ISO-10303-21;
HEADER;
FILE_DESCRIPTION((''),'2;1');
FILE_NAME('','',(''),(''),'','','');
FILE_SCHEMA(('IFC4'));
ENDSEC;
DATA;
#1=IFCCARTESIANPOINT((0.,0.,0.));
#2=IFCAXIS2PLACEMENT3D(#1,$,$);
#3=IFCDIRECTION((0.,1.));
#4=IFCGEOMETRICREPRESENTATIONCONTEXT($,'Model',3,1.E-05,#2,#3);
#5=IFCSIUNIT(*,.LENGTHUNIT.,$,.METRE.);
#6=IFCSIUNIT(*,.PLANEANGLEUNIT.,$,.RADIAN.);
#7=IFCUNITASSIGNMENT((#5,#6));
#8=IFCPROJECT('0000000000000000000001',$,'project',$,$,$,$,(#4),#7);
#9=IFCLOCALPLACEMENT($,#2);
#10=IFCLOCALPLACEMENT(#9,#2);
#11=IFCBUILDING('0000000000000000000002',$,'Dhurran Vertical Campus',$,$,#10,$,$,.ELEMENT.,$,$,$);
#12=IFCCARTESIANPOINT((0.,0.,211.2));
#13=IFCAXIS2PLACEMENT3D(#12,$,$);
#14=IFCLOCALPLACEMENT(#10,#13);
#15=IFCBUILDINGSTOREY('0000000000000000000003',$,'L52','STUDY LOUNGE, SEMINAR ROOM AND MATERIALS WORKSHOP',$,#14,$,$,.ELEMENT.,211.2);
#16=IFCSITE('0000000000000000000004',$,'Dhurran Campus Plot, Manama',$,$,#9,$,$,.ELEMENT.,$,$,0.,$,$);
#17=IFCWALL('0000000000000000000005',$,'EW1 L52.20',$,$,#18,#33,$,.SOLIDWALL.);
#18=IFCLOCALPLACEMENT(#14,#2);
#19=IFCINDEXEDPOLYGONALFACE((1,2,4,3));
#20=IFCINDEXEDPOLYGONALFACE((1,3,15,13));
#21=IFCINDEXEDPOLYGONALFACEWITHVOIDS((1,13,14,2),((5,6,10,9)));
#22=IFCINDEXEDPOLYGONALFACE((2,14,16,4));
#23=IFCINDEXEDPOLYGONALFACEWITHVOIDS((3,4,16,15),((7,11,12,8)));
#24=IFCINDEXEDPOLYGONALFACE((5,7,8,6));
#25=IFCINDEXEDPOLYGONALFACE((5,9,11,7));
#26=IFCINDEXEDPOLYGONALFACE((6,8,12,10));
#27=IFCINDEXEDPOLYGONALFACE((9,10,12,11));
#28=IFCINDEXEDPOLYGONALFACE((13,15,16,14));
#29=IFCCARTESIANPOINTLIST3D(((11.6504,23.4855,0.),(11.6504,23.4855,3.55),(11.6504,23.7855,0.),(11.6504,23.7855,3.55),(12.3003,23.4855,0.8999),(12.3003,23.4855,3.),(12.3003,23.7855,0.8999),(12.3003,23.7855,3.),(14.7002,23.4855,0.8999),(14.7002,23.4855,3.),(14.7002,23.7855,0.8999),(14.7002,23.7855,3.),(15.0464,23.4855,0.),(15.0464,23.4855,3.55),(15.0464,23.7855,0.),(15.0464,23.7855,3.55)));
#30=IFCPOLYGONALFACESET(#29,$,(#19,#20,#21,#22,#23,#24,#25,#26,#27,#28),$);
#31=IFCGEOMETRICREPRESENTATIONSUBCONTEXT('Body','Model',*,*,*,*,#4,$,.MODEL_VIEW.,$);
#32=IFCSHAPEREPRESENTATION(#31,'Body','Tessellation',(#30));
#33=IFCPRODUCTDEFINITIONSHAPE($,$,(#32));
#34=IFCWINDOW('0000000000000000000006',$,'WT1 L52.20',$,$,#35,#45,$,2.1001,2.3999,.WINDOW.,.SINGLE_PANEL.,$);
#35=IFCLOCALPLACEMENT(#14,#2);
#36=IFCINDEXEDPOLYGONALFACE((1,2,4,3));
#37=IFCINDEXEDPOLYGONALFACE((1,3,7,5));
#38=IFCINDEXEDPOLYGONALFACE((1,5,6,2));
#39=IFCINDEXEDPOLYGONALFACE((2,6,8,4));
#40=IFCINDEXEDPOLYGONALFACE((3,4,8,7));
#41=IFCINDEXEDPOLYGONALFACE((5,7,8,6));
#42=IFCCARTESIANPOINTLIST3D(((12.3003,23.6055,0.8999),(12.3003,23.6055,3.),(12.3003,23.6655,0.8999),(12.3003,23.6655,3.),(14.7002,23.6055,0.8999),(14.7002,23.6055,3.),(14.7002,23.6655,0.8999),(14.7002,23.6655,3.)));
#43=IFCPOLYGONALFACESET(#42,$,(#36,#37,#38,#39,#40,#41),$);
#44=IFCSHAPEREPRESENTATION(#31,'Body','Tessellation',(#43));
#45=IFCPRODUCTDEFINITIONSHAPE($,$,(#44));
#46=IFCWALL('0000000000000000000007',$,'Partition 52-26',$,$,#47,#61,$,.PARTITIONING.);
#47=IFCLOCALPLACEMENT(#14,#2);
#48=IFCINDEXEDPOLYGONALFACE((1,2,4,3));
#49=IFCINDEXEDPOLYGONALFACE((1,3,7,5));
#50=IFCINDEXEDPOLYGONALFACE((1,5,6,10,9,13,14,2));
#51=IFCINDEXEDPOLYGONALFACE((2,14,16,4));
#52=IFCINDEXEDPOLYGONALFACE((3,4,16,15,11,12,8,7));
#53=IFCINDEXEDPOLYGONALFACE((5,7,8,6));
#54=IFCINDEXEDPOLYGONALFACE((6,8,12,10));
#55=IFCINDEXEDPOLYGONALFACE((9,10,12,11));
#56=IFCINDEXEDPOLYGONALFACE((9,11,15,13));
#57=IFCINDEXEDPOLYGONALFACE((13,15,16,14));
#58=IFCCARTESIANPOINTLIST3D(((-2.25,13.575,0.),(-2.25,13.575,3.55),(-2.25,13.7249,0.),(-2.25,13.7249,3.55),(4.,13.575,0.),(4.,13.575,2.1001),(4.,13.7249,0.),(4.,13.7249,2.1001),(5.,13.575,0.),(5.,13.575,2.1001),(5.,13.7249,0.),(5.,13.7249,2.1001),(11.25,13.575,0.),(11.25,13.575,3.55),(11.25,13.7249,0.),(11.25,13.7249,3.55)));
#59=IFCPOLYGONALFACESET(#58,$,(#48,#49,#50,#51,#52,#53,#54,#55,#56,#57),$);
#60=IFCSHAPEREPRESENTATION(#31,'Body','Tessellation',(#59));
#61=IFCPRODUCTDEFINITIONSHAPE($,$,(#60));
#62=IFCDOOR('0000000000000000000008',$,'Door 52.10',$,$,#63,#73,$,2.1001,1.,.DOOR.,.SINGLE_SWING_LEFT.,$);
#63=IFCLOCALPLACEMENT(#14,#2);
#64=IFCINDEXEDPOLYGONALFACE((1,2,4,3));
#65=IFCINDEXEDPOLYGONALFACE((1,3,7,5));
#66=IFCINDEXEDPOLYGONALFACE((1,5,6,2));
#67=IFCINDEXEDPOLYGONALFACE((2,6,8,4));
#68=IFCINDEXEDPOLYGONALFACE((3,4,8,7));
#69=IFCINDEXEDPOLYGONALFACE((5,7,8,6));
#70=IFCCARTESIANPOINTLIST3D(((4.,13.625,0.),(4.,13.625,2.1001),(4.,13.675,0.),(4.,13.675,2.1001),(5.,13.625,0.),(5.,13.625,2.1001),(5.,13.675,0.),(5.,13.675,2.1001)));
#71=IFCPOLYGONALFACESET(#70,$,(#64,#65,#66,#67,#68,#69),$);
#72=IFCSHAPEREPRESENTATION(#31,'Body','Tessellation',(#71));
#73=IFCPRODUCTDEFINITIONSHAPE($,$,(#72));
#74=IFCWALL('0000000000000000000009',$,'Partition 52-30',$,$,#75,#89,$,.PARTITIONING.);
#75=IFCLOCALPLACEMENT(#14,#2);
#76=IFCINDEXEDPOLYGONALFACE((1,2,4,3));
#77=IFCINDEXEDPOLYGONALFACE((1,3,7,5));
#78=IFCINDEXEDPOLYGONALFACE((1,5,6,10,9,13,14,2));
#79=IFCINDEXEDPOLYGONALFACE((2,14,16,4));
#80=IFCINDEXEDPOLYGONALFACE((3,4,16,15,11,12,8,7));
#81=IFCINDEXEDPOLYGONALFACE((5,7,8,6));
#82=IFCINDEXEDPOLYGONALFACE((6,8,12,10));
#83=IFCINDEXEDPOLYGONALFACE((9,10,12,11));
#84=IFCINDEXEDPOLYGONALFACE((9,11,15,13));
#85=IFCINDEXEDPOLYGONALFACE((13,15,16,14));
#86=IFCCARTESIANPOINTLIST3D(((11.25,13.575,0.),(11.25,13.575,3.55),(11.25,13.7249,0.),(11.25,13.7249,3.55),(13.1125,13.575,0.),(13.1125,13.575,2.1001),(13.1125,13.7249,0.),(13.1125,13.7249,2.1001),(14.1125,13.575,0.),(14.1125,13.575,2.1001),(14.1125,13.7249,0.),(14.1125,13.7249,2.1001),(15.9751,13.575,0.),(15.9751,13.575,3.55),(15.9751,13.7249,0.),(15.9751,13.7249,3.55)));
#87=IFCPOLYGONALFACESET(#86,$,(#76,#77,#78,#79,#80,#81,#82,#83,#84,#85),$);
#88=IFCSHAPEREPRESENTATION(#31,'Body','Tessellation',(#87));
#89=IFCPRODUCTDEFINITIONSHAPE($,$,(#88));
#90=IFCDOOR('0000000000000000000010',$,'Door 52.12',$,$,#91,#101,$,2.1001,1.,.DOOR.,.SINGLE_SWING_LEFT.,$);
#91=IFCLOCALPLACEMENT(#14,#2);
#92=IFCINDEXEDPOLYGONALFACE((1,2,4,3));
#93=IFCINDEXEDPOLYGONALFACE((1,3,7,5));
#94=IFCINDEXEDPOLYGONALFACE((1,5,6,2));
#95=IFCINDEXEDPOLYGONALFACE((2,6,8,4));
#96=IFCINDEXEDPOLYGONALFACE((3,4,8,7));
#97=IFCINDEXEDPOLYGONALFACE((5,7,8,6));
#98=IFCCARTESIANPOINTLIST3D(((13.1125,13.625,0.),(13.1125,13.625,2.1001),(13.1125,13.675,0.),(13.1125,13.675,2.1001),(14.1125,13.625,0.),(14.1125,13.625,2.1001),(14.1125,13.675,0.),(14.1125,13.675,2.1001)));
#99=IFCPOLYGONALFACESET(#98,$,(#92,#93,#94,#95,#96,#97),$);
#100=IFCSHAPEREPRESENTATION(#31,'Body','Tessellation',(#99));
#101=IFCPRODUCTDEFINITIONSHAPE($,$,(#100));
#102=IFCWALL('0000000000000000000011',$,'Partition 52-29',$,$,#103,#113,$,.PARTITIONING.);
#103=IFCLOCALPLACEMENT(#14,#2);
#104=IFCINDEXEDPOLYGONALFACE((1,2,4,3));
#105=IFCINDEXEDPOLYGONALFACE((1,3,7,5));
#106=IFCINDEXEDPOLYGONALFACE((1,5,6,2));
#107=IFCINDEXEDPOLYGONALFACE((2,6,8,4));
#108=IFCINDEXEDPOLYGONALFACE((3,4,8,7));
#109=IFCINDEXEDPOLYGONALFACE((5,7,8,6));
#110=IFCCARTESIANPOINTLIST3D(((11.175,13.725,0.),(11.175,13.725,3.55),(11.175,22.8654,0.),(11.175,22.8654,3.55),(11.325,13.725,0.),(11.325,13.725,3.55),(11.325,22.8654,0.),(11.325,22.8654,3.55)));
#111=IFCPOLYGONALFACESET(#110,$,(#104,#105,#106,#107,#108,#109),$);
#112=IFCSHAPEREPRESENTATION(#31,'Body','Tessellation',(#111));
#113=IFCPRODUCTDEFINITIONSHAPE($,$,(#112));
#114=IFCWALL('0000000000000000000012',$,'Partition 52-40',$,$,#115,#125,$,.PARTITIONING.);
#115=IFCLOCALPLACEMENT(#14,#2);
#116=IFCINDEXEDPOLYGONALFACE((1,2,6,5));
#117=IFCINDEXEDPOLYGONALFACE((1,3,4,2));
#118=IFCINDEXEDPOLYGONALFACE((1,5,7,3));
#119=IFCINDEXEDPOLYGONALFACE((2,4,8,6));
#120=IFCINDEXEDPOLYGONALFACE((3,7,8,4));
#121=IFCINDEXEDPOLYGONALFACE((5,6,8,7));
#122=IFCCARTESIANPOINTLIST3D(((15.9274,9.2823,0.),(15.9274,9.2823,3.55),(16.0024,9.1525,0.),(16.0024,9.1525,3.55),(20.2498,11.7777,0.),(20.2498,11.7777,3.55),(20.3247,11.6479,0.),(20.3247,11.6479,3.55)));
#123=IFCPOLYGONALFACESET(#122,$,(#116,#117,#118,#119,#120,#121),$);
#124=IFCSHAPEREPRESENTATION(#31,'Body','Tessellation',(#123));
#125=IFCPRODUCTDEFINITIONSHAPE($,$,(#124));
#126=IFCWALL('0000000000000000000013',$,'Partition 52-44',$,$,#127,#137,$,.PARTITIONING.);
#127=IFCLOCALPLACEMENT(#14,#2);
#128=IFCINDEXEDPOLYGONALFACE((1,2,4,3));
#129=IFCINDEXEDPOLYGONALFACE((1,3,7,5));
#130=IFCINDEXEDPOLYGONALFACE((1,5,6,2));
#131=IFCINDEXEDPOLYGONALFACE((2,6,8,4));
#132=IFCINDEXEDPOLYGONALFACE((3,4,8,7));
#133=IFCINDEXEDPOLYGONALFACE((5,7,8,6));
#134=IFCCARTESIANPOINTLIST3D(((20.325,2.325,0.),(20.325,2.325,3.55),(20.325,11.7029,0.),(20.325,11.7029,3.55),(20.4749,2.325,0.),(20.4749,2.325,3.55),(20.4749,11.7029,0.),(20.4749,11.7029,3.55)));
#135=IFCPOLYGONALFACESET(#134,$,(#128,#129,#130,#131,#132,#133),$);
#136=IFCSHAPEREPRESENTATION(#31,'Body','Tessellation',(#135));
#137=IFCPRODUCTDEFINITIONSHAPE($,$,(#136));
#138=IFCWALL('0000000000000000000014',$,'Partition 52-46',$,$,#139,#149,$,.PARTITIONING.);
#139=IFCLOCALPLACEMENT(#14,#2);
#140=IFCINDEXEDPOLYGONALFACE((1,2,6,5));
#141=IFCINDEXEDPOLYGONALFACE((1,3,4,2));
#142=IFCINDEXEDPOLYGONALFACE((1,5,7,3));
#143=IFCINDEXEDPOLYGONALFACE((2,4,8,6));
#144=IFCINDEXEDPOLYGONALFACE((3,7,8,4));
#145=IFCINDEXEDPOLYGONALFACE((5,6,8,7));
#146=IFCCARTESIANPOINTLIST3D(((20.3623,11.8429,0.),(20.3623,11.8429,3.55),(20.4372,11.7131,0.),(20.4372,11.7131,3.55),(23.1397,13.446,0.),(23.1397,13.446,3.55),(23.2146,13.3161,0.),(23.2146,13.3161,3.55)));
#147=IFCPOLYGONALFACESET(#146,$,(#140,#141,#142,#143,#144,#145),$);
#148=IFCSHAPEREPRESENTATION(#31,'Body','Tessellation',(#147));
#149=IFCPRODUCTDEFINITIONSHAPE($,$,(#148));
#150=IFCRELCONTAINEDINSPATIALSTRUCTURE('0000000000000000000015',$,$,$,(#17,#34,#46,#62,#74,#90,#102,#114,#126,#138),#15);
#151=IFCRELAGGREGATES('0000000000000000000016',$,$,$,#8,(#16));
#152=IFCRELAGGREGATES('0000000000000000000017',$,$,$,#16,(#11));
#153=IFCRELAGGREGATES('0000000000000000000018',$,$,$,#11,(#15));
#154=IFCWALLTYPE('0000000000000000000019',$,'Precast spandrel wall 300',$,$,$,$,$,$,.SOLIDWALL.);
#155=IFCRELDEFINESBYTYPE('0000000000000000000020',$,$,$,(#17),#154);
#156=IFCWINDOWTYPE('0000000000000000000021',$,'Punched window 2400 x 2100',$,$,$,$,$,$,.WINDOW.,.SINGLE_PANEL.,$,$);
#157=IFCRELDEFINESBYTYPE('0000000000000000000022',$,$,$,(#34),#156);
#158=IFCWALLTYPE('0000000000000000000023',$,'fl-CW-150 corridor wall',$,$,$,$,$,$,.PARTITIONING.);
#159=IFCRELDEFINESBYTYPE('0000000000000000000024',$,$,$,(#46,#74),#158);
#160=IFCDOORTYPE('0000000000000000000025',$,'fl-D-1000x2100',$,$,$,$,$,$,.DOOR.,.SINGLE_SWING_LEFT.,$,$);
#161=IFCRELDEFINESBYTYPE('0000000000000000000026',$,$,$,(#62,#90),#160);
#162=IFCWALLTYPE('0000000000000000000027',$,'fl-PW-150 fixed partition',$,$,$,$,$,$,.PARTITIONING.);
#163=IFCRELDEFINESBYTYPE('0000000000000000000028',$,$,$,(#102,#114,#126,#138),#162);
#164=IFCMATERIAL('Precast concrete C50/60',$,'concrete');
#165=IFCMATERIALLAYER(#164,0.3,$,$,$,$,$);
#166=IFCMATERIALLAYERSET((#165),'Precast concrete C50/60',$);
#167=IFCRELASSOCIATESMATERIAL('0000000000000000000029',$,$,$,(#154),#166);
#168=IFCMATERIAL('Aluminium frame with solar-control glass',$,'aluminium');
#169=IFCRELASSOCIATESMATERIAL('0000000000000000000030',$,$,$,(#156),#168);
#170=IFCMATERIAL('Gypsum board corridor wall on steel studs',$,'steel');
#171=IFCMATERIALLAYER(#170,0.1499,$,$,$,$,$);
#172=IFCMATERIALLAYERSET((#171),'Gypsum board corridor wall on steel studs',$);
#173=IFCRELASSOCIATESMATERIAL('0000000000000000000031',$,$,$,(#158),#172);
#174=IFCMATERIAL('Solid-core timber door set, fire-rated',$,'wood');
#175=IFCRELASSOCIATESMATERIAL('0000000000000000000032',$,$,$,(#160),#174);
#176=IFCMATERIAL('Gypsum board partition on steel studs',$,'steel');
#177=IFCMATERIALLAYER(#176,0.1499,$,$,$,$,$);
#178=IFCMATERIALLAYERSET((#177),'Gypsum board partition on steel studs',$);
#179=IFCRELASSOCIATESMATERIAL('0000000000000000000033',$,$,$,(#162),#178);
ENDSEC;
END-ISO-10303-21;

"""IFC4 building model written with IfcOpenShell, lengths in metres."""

from ifc_helpers import new_model, si_unit, direction, frame, frame_2d, origin, place, context, subcontext, project, spatial, rectangle, extrude, material, layer, layer_set, type_object, element, fill, save


model = new_model("IFC4")

# Units and contexts
model_context = context("Model", 3, precision=1e-05, world=origin(), true_north=direction((0.0, 1.0)))
body_context = subcontext(model_context, "Body", "Model", "MODEL_VIEW")
ifc_project = project(units=[si_unit("LENGTHUNIT", "METRE"), si_unit("PLANEANGLEUNIT", "RADIAN")], contexts=[model_context])

# Site, building, storey
site_placement = place(None, origin())
site = spatial("IfcSite", under=ifc_project, at=site_placement, Name="Dhurran Campus Plot, Manama", CompositionType="ELEMENT", RefElevation=0.0)
building_placement = place(site_placement, origin())
building = spatial("IfcBuilding", under=site, at=building_placement, Name="Dhurran Vertical Campus", CompositionType="ELEMENT")
storey_placement = place(building_placement, frame((0.0, 0.0, 211.2)))
storey = spatial("IfcBuildingStorey", under=building, at=storey_placement, Name="L52", Description="STUDY LOUNGE, SEMINAR ROOM AND MATERIALS WORKSHOP", CompositionType="ELEMENT", Elevation=211.2)

# Wall, opening, window
ifc_material_1 = material(Name="Precast concrete C50/60", Category="concrete")
ifc_layer_1 = layer(ifc_material_1, 0.3)
ifc_layer_set_1 = layer_set([ifc_layer_1], Name="Precast concrete C50/60")
wall_type_1 = type_object("IfcWallType", Name="Precast spandrel wall 300", PredefinedType="SOLIDWALL", material=ifc_layer_set_1)
ifc_material_2 = material(Name="Aluminium frame with solar-control glass", Category="aluminium")
window_type = type_object("IfcWindowType", Name="Punched window 2400 x 2100", PartitioningType="SINGLE_PANEL", PredefinedType="WINDOW", material=ifc_material_2)
wall_1_placement = place(storey_placement, frame((15.0464, 23.6355, 0.0), z_axis=(0.0, 0.0, 1.0), x_axis=(-1.0, 0.0, 0.0)))
wall_1 = element("IfcWall", 1, at=wall_1_placement, inside=storey, type_object=wall_type_1, Name="EW1 L52.20", PredefinedType="SOLIDWALL", context=body_context, shape_type="SweptSolid", body=[
    extrude(rectangle(XDim=3.396, YDim=0.3, at=frame_2d((1.698, 0.0))), origin(), (0.0, 0.0, 1.0), 3.55),
])
opening_1_placement = place(wall_1_placement, frame((0.3462, 0.0, 0.8999)))
opening_1 = element("IfcOpeningElement", 2, at=opening_1_placement, cuts=wall_1, PredefinedType="OPENING", context=body_context, shape_type="SweptSolid", body=[
    extrude(rectangle(XDim=2.3999, YDim=2.1001, at=frame_2d((1.2, 1.05))), frame((0.0, 0.1599, 0.0), z_axis=(0.0, -1.0, 0.0), x_axis=(1.0, 0.0, 0.0)), (0.0, 0.0, 1.0), 0.3201),
])
window_1_placement = place(opening_1_placement, origin())
window_1 = element("IfcWindow", 3, at=window_1_placement, inside=storey, type_object=window_type, Name="WT1 L52.20", OverallHeight=2.1001, OverallWidth=2.3999, PartitioningType="SINGLE_PANEL", PredefinedType="WINDOW", context=body_context, shape_type="SweptSolid", body=[
    extrude(rectangle(XDim=2.3999, YDim=2.1001, at=frame_2d((1.2, 1.05))), frame((0.0, 0.03, 0.0), z_axis=(0.0, -1.0, 0.0), x_axis=(1.0, 0.0, 0.0)), (0.0, 0.0, 1.0), 0.0601),
])
fill(opening_1, window_1)

# Walls, openings, doors
ifc_material_3 = material(Name="Gypsum board corridor wall on steel studs", Category="steel")
ifc_layer_2 = layer(ifc_material_3, 0.1499)
ifc_layer_set_2 = layer_set([ifc_layer_2], Name="Gypsum board corridor wall on steel studs")
wall_type_2 = type_object("IfcWallType", Name="fl-CW-150 corridor wall", PredefinedType="PARTITIONING", material=ifc_layer_set_2)
wall_2_placement = place(storey_placement, frame((11.25, 13.6499, 0.0), z_axis=(0.0, 0.0, 1.0), x_axis=(-1.0, 0.0, 0.0)))
wall_2 = element("IfcWall", 4, at=wall_2_placement, inside=storey, type_object=wall_type_2, Name="Partition 52-26", PredefinedType="PARTITIONING", context=body_context, shape_type="SweptSolid", body=[
    extrude(rectangle(XDim=13.5, YDim=0.1499, at=frame_2d((6.75, 0.0))), origin(), (0.0, 0.0, 1.0), 3.55),
])
opening_2_placement = place(wall_2_placement, frame((6.25, 0.0, 0.0)))
opening_2 = element("IfcOpeningElement", 5, at=opening_2_placement, cuts=wall_2, PredefinedType="OPENING", context=body_context, shape_type="SweptSolid", body=[
    extrude(rectangle(XDim=1.0, YDim=2.1001, at=frame_2d((0.5, 1.05))), frame((0.0, 0.085, 0.0), z_axis=(0.0, -1.0, 0.0), x_axis=(1.0, 0.0, 0.0)), (0.0, 0.0, 1.0), 0.1699),
])
ifc_material_4 = material(Name="Solid-core timber door set, fire-rated", Category="wood")
door_type = type_object("IfcDoorType", Name="fl-D-1000x2100", OperationType="SINGLE_SWING_LEFT", PredefinedType="DOOR", material=ifc_material_4)
door_1_placement = place(opening_2_placement, origin())
door_1 = element("IfcDoor", 6, at=door_1_placement, inside=storey, type_object=door_type, Name="Door 52.10", OperationType="SINGLE_SWING_LEFT", OverallHeight=2.1001, OverallWidth=1.0, PredefinedType="DOOR", context=body_context, shape_type="SweptSolid", body=[
    extrude(rectangle(XDim=1.0, YDim=2.1001, at=frame_2d((0.5, 1.05))), frame((0.0, 0.0249, 0.0), z_axis=(0.0, -1.0, 0.0), x_axis=(1.0, 0.0, 0.0)), (0.0, 0.0, 1.0), 0.05),
])
fill(opening_2, door_1)
wall_3_placement = place(storey_placement, frame((15.9751, 13.6499, 0.0), z_axis=(0.0, 0.0, 1.0), x_axis=(-1.0, 0.0, 0.0)))
wall_3 = element("IfcWall", 7, at=wall_3_placement, inside=storey, type_object=wall_type_2, Name="Partition 52-30", PredefinedType="PARTITIONING", context=body_context, shape_type="SweptSolid", body=[
    extrude(rectangle(XDim=4.7251, YDim=0.1499, at=frame_2d((2.3625, 0.0))), origin(), (0.0, 0.0, 1.0), 3.55),
])
opening_3_placement = place(wall_3_placement, frame((1.8625, 0.0, 0.0)))
opening_3 = element("IfcOpeningElement", 8, at=opening_3_placement, cuts=wall_3, PredefinedType="OPENING", context=body_context, shape_type="SweptSolid", body=[
    extrude(rectangle(XDim=1.0, YDim=2.1001, at=frame_2d((0.5, 1.05))), frame((0.0, 0.085, 0.0), z_axis=(0.0, -1.0, 0.0), x_axis=(1.0, 0.0, 0.0)), (0.0, 0.0, 1.0), 0.1699),
])
door_2_placement = place(opening_3_placement, origin())
door_2 = element("IfcDoor", 9, at=door_2_placement, inside=storey, type_object=door_type, Name="Door 52.12", OperationType="SINGLE_SWING_LEFT", OverallHeight=2.1001, OverallWidth=1.0, PredefinedType="DOOR", context=body_context, shape_type="SweptSolid", body=[
    extrude(rectangle(XDim=1.0, YDim=2.1001, at=frame_2d((0.5, 1.05))), frame((0.0, 0.0249, 0.0), z_axis=(0.0, -1.0, 0.0), x_axis=(1.0, 0.0, 0.0)), (0.0, 0.0, 1.0), 0.05),
])
fill(opening_3, door_2)

# Walls
ifc_material_5 = material(Name="Gypsum board partition on steel studs", Category="steel")
ifc_layer_3 = layer(ifc_material_5, 0.1499)
ifc_layer_set_3 = layer_set([ifc_layer_3], Name="Gypsum board partition on steel studs")
wall_type_3 = type_object("IfcWallType", Name="fl-PW-150 fixed partition", PredefinedType="PARTITIONING", material=ifc_layer_set_3)
wall_4_placement = place(storey_placement, frame((11.25, 22.8655, 0.0), z_axis=(0.0, 0.0, 1.0), x_axis=(0.0, -1.0, 0.0)))
element("IfcWall", 10, at=wall_4_placement, inside=storey, type_object=wall_type_3, Name="Partition 52-29", PredefinedType="PARTITIONING", context=body_context, shape_type="SweptSolid", body=[
    extrude(rectangle(XDim=9.1404, YDim=0.1499, at=frame_2d((4.5703, 0.0))), origin(), (0.0, 0.0, 1.0), 3.55),
])
wall_5_placement = place(storey_placement, frame((20.2874, 11.7129, 0.0), z_axis=(0.0, 0.0, 1.0), x_axis=(-0.866034, -0.499985, 0.0)))
element("IfcWall", 11, at=wall_5_placement, inside=storey, type_object=wall_type_3, Name="Partition 52-40", PredefinedType="PARTITIONING", context=body_context, shape_type="SweptSolid", body=[
    extrude(rectangle(XDim=4.991, YDim=0.1499, at=frame_2d((2.4956, 0.0))), origin(), (0.0, 0.0, 1.0), 3.55),
])
wall_6_placement = place(storey_placement, frame((20.3999, 11.7029, 0.0), z_axis=(0.0, 0.0, 1.0), x_axis=(0.0, -1.0, 0.0)))
element("IfcWall", 12, at=wall_6_placement, inside=storey, type_object=wall_type_3, Name="Partition 52-44", PredefinedType="PARTITIONING", context=body_context, shape_type="SweptSolid", body=[
    extrude(rectangle(XDim=9.3779, YDim=0.1499, at=frame_2d((4.689, 0.0))), origin(), (0.0, 0.0, 1.0), 3.55),
])
wall_7_placement = place(storey_placement, frame((23.1772, 13.3811, 0.0), z_axis=(0.0, 0.0, 1.0), x_axis=(-0.866089, -0.499889, 0.0)))
element("IfcWall", 13, at=wall_7_placement, inside=storey, type_object=wall_type_3, Name="Partition 52-46", PredefinedType="PARTITIONING", context=body_context, shape_type="SweptSolid", body=[
    extrude(rectangle(XDim=3.2068, YDim=0.1499, at=frame_2d((1.6035, 0.0))), origin(), (0.0, 0.0, 1.0), 3.55),
])

save(model, "model.ifc")
